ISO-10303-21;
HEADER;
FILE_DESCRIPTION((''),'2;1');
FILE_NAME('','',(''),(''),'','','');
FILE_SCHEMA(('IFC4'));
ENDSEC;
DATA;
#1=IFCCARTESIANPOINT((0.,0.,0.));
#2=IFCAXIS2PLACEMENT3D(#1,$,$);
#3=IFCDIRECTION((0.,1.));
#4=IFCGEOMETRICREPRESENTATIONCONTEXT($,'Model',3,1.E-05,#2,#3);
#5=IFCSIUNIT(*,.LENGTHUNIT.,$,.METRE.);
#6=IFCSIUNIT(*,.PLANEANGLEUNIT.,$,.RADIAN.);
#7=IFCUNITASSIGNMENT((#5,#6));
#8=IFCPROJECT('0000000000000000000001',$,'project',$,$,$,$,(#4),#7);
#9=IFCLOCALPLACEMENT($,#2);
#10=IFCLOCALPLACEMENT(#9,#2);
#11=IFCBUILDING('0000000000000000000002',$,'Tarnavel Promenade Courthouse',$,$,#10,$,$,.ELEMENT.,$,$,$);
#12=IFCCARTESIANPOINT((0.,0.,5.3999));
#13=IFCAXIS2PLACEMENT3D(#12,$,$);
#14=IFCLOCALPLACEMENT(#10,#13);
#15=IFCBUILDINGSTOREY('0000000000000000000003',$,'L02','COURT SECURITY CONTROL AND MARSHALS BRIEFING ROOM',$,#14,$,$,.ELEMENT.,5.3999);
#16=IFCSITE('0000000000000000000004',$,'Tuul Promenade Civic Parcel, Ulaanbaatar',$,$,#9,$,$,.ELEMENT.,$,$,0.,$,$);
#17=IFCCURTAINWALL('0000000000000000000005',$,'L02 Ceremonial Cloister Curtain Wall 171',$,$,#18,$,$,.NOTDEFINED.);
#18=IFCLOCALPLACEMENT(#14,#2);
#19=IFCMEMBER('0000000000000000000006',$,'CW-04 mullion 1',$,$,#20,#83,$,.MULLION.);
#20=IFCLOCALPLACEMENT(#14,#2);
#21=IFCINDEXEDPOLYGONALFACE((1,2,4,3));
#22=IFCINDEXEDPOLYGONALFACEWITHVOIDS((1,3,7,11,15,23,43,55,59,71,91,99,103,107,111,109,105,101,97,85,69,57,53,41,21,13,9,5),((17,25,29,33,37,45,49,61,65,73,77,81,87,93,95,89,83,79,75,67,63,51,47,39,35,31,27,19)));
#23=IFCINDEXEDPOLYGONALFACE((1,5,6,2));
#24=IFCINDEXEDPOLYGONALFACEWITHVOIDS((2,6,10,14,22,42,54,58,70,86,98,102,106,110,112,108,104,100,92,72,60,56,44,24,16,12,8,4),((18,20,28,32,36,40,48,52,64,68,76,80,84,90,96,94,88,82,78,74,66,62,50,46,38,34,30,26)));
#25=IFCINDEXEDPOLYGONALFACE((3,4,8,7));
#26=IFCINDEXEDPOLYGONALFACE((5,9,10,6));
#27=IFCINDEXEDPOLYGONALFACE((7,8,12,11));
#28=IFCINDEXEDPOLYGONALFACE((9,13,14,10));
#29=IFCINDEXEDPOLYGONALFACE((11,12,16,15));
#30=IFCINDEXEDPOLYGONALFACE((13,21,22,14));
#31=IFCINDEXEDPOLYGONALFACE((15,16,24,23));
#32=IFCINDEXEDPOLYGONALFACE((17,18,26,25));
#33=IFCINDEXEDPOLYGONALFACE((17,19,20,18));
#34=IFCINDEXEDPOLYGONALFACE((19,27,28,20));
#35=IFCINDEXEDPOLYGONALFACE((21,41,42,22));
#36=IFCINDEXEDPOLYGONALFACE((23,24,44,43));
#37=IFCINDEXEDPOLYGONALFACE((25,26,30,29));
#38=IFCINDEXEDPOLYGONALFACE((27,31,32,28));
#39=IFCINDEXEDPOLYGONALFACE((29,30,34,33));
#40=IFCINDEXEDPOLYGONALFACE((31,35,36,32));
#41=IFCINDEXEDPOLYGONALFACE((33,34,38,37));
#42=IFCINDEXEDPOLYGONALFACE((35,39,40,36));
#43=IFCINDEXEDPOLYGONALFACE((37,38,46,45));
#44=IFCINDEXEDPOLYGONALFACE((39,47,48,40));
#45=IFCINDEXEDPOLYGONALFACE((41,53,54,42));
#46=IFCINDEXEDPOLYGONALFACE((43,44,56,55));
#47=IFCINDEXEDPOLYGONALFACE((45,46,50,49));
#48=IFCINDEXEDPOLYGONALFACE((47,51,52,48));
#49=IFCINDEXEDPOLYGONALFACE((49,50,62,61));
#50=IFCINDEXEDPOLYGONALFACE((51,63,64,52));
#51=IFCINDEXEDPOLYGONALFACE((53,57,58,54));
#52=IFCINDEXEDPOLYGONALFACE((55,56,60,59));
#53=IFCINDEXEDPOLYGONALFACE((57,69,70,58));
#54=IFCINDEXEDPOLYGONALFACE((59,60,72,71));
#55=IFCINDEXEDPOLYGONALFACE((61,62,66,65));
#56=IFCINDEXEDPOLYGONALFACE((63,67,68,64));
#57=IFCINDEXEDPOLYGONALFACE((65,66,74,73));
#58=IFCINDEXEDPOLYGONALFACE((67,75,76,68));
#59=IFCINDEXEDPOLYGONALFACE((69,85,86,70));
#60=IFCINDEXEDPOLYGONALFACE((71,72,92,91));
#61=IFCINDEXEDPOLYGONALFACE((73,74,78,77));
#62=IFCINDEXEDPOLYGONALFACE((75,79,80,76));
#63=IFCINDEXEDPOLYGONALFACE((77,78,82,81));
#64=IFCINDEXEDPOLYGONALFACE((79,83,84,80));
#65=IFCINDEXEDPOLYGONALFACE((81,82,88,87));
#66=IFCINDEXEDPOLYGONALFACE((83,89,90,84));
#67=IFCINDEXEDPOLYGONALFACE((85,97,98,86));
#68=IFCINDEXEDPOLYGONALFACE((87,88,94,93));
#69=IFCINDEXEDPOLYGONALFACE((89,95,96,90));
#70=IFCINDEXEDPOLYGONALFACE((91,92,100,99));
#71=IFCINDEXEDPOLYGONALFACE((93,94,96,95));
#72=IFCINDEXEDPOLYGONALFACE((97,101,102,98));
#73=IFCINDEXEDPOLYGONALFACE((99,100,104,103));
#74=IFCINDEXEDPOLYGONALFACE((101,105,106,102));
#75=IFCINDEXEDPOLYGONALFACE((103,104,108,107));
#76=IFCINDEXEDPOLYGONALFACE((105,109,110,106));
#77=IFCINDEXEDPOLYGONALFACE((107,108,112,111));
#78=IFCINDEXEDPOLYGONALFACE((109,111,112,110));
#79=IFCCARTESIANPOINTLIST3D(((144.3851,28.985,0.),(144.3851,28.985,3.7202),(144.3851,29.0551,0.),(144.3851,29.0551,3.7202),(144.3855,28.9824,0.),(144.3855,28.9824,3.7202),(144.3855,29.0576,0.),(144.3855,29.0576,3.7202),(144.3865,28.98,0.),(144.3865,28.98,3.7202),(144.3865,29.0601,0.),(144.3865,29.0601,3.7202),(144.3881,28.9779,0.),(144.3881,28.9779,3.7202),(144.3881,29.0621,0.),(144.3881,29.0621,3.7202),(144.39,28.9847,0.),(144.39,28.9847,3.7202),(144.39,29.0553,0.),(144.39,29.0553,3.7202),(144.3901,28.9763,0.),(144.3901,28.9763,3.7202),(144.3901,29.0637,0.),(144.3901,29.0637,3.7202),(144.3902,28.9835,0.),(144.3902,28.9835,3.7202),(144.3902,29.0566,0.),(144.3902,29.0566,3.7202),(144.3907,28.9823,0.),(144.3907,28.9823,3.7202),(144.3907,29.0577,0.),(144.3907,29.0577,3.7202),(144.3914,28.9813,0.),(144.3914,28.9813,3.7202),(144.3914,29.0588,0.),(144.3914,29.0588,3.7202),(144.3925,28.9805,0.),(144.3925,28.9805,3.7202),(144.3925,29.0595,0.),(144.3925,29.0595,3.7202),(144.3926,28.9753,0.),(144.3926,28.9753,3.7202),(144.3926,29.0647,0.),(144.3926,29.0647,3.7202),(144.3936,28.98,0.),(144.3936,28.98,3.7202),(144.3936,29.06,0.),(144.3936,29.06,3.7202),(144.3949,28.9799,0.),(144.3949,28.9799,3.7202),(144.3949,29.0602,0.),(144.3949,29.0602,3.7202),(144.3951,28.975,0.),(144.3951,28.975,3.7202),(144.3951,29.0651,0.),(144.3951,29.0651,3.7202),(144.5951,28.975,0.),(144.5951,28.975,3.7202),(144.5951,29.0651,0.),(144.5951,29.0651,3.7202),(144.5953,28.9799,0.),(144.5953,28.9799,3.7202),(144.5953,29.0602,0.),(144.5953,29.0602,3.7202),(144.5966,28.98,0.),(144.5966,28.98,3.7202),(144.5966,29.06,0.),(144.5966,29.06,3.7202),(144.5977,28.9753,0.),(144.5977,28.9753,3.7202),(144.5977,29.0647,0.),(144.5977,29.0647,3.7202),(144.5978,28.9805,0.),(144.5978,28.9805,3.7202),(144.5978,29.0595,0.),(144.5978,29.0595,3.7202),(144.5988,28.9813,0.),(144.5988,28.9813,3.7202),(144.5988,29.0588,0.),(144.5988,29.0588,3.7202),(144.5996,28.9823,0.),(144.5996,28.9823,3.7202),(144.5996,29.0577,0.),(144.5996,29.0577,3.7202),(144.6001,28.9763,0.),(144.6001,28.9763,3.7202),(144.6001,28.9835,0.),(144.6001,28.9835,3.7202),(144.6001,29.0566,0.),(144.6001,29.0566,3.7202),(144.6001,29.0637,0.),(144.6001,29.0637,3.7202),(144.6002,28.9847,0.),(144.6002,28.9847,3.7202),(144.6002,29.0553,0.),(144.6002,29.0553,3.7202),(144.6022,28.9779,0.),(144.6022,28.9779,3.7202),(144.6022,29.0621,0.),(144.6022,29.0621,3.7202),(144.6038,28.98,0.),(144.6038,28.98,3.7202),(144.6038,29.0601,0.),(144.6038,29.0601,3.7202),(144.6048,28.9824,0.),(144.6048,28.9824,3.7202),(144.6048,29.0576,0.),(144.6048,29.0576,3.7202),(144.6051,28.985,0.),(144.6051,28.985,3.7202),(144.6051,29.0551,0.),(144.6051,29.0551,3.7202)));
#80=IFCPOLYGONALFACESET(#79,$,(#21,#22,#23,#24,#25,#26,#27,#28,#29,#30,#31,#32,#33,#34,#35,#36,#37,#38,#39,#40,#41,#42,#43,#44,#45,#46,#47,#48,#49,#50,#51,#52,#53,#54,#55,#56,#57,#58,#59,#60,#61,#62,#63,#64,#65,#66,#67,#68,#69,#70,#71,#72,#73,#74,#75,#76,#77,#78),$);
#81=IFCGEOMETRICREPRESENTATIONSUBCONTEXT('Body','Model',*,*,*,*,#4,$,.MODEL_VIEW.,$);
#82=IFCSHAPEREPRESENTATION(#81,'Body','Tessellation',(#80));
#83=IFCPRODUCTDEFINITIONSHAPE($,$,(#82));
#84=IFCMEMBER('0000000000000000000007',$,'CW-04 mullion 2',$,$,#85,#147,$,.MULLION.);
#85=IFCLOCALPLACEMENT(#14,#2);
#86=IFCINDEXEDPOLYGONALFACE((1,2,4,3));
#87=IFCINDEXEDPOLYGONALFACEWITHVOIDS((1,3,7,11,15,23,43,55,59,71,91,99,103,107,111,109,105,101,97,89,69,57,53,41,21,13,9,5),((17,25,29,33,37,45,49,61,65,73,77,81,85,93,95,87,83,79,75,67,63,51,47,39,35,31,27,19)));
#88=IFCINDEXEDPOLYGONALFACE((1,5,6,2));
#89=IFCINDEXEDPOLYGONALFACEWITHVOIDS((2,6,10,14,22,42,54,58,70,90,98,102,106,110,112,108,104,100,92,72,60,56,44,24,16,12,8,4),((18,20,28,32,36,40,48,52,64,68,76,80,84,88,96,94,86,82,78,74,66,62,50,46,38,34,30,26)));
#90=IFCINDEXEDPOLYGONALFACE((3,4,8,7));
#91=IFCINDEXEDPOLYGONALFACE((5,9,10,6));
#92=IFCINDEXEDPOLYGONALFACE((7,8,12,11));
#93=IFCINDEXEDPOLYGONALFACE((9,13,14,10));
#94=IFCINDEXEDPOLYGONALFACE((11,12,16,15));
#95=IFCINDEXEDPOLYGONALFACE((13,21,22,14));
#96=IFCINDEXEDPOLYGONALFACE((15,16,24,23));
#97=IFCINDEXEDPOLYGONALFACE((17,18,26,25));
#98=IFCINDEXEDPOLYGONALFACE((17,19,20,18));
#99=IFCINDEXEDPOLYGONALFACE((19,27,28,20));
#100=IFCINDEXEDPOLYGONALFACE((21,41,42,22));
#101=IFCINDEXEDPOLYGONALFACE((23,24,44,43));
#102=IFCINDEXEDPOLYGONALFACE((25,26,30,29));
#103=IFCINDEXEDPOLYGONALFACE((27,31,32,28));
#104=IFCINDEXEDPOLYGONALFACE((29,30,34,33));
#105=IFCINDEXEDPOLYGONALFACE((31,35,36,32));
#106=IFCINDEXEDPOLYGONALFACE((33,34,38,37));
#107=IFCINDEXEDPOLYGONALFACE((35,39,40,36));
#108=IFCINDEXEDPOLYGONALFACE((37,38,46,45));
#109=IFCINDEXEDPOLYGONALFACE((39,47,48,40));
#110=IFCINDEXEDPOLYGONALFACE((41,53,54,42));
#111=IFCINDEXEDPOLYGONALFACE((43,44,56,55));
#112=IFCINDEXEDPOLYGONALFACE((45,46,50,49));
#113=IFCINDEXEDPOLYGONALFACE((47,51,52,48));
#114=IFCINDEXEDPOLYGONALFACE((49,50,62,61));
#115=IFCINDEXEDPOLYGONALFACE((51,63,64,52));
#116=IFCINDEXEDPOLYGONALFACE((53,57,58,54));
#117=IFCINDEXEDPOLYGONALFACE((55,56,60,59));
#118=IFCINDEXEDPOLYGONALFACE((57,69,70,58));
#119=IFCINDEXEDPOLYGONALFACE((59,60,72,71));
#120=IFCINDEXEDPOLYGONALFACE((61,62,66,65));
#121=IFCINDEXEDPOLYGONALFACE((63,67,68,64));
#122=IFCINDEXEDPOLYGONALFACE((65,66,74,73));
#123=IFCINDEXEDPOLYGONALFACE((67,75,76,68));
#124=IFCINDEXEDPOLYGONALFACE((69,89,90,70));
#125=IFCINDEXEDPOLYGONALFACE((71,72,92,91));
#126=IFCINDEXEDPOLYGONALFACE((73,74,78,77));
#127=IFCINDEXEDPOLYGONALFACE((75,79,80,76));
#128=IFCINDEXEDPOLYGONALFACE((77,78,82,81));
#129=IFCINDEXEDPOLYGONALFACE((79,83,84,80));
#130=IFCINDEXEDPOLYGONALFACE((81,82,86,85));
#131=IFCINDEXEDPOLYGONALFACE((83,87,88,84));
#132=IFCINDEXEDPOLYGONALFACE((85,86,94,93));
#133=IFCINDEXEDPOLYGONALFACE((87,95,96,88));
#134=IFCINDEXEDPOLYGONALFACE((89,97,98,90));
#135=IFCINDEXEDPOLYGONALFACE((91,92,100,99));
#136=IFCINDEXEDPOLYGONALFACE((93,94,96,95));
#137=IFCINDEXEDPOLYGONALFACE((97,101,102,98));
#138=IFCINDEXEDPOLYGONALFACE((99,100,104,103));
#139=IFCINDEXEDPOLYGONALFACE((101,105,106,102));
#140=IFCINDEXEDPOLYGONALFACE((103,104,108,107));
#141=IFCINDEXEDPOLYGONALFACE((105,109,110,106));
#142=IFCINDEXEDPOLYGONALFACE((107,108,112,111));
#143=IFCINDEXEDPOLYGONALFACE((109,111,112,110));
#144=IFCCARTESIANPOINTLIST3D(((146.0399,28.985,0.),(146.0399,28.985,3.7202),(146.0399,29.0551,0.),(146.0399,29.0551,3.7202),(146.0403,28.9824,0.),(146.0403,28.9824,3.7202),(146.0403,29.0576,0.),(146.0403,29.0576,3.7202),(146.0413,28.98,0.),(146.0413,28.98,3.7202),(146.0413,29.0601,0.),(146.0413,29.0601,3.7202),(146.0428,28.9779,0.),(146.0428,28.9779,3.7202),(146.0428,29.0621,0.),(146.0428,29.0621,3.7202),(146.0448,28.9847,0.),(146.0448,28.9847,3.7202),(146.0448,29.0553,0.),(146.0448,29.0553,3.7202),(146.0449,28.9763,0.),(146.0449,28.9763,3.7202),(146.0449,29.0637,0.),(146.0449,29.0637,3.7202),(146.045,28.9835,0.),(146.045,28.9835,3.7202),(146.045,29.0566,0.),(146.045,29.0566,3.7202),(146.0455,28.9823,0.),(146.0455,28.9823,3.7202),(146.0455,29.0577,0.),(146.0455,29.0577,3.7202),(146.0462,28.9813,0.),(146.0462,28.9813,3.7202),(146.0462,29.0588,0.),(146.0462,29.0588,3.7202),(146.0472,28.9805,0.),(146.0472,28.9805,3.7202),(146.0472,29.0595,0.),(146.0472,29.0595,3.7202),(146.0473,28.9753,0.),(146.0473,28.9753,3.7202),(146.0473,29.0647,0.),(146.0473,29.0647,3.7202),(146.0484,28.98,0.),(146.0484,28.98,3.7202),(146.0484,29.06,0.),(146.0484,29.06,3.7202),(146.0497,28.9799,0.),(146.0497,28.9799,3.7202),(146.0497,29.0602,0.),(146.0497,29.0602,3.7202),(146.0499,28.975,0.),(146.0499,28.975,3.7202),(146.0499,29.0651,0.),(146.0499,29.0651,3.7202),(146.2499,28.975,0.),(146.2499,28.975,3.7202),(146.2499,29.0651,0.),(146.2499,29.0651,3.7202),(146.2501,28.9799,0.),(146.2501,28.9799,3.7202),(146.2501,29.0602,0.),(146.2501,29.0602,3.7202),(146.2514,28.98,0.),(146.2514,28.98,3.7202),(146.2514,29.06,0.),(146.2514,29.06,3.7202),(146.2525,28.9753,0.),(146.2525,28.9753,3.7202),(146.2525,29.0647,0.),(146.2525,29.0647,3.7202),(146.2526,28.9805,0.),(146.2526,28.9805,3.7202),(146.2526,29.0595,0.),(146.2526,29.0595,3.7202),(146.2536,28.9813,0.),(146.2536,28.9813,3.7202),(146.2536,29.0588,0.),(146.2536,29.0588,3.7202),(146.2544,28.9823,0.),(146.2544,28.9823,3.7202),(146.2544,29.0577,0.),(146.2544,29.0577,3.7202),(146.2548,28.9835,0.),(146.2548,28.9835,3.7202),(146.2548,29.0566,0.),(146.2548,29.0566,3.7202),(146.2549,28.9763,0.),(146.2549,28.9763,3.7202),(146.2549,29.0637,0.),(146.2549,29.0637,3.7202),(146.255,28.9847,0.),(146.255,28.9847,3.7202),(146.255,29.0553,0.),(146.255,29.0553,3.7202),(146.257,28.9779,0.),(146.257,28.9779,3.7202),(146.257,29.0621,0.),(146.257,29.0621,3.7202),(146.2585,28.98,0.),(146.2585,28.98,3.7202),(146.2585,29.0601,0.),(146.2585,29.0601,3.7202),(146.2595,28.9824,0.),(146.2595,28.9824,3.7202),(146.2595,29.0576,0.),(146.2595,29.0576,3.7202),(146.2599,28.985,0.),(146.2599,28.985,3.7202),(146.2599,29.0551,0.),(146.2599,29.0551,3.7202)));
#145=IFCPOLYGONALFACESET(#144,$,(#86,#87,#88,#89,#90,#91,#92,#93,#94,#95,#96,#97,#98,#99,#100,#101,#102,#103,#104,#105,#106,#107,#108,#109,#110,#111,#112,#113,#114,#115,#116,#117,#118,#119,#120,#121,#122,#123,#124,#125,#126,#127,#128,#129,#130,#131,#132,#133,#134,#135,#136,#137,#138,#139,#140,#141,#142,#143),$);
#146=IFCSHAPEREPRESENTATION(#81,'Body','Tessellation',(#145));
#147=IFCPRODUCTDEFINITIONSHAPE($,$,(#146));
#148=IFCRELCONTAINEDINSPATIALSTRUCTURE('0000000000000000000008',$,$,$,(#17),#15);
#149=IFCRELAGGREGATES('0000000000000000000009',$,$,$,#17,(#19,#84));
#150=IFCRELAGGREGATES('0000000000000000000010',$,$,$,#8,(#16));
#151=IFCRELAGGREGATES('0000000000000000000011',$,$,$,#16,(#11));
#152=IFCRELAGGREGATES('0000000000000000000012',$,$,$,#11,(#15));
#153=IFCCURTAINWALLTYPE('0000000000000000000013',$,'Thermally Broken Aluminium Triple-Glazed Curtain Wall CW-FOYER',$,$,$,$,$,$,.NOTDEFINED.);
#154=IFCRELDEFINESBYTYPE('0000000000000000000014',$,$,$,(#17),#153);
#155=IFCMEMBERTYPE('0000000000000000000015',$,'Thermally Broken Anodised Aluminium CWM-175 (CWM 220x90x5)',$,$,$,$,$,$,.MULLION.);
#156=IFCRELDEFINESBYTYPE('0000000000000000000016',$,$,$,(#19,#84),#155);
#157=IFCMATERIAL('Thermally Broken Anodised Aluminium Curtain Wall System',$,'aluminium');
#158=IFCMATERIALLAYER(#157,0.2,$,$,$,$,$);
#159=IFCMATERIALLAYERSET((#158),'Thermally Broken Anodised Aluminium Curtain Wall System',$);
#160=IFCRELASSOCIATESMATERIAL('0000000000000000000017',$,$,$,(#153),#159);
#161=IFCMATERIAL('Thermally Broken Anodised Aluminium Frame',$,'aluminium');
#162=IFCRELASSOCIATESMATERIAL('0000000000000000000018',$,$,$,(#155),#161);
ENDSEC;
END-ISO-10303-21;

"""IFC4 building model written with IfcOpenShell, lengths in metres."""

from ifc_helpers import new_model, si_unit, direction, frame, origin, origin_2d, place, context, subcontext, project, spatial, hollow_rectangle, extrude, material, layer, layer_set, material_profile, profile_set, type_object, element, aggregate, save


model = new_model("IFC4")

# Units and contexts
model_context = context("Model", 3, precision=1e-05, world=origin(), true_north=direction((0.0, 1.0)))
body_context = subcontext(model_context, "Body", "Model", "MODEL_VIEW")
ifc_project = project(units=[si_unit("LENGTHUNIT", "METRE"), si_unit("PLANEANGLEUNIT", "RADIAN")], contexts=[model_context])

# Site, building, storey
site_placement = place(None, origin())
site = spatial("IfcSite", under=ifc_project, at=site_placement, Name="Tuul Promenade Civic Parcel, Ulaanbaatar", CompositionType="ELEMENT", RefElevation=0.0)
building_placement = place(site_placement, origin())
building = spatial("IfcBuilding", under=site, at=building_placement, Name="Tarnavel Promenade Courthouse", CompositionType="ELEMENT")
storey_placement = place(building_placement, frame((0.0, 0.0, 5.3999)))
storey = spatial("IfcBuildingStorey", under=building, at=storey_placement, Name="L02", Description="COURT SECURITY CONTROL AND MARSHALS BRIEFING ROOM", CompositionType="ELEMENT", Elevation=5.3999)

# Curtain wall, members
ifc_material_1 = material(Name="Thermally Broken Anodised Aluminium Curtain Wall System", Category="aluminium")
ifc_layer_1 = layer(ifc_material_1, 0.2)
ifc_layer_set_1 = layer_set([ifc_layer_1], Name="Thermally Broken Anodised Aluminium Curtain Wall System")
curtain_wall_type = type_object("IfcCurtainWallType", Name="Thermally Broken Aluminium Triple-Glazed Curtain Wall CW-FOYER", PredefinedType="NOTDEFINED", material=ifc_layer_set_1)
ifc_material_2 = material(Name="Thermally Broken Anodised Aluminium Frame", Category="aluminium")
ifc_material_profile_1 = material_profile(ifc_material_2, hollow_rectangle(XDim=0.0901, YDim=0.22, WallThickness=0.0049, InnerFilletRadius=0.0049, OuterFilletRadius=0.01, at=origin_2d()), Name="CWM 220x90x5")
ifc_profile_set_1 = profile_set([ifc_material_profile_1], Name="Thermally Broken Anodised Aluminium Frame")
member_type_1 = type_object("IfcMemberType", Name="Thermally Broken Anodised Aluminium CWM-175 (CWM 220x90x5)", PredefinedType="MULLION", material=ifc_profile_set_1)
curtain_wall_1_placement = place(storey_placement, origin())
curtain_wall_1 = element("IfcCurtainWall", 1, at=curtain_wall_1_placement, inside=storey, type_object=curtain_wall_type, Name="L02 Ceremonial Cloister Curtain Wall 171", PredefinedType="NOTDEFINED")
member_1_placement = place(storey_placement, frame((144.4951, 29.02, 0.0), z_axis=(0.0, 0.0, 1.0), x_axis=(0.0, 1.0, 0.0)))
member_1 = element("IfcMember", 2, at=member_1_placement, type_object=member_type_1, Name="CW-04 mullion 1", PredefinedType="MULLION", context=body_context, shape_type="SweptSolid", body=[
    extrude(hollow_rectangle(XDim=0.0901, YDim=0.22, WallThickness=0.0049, InnerFilletRadius=0.0049, OuterFilletRadius=0.01, at=origin_2d()), origin(), (0.0, 0.0, 1.0), 3.7202),
])
member_2_placement = place(storey_placement, frame((146.1499, 29.02, 0.0), z_axis=(0.0, 0.0, 1.0), x_axis=(0.0, 1.0, 0.0)))
member_2 = element("IfcMember", 3, at=member_2_placement, type_object=member_type_1, Name="CW-04 mullion 2", PredefinedType="MULLION", context=body_context, shape_type="SweptSolid", body=[
    extrude(hollow_rectangle(XDim=0.0901, YDim=0.22, WallThickness=0.0049, InnerFilletRadius=0.0049, OuterFilletRadius=0.01, at=origin_2d()), origin(), (0.0, 0.0, 1.0), 3.7202),
])

aggregate(curtain_wall_1, [member_1, member_2])

save(model, "model.ifc")
